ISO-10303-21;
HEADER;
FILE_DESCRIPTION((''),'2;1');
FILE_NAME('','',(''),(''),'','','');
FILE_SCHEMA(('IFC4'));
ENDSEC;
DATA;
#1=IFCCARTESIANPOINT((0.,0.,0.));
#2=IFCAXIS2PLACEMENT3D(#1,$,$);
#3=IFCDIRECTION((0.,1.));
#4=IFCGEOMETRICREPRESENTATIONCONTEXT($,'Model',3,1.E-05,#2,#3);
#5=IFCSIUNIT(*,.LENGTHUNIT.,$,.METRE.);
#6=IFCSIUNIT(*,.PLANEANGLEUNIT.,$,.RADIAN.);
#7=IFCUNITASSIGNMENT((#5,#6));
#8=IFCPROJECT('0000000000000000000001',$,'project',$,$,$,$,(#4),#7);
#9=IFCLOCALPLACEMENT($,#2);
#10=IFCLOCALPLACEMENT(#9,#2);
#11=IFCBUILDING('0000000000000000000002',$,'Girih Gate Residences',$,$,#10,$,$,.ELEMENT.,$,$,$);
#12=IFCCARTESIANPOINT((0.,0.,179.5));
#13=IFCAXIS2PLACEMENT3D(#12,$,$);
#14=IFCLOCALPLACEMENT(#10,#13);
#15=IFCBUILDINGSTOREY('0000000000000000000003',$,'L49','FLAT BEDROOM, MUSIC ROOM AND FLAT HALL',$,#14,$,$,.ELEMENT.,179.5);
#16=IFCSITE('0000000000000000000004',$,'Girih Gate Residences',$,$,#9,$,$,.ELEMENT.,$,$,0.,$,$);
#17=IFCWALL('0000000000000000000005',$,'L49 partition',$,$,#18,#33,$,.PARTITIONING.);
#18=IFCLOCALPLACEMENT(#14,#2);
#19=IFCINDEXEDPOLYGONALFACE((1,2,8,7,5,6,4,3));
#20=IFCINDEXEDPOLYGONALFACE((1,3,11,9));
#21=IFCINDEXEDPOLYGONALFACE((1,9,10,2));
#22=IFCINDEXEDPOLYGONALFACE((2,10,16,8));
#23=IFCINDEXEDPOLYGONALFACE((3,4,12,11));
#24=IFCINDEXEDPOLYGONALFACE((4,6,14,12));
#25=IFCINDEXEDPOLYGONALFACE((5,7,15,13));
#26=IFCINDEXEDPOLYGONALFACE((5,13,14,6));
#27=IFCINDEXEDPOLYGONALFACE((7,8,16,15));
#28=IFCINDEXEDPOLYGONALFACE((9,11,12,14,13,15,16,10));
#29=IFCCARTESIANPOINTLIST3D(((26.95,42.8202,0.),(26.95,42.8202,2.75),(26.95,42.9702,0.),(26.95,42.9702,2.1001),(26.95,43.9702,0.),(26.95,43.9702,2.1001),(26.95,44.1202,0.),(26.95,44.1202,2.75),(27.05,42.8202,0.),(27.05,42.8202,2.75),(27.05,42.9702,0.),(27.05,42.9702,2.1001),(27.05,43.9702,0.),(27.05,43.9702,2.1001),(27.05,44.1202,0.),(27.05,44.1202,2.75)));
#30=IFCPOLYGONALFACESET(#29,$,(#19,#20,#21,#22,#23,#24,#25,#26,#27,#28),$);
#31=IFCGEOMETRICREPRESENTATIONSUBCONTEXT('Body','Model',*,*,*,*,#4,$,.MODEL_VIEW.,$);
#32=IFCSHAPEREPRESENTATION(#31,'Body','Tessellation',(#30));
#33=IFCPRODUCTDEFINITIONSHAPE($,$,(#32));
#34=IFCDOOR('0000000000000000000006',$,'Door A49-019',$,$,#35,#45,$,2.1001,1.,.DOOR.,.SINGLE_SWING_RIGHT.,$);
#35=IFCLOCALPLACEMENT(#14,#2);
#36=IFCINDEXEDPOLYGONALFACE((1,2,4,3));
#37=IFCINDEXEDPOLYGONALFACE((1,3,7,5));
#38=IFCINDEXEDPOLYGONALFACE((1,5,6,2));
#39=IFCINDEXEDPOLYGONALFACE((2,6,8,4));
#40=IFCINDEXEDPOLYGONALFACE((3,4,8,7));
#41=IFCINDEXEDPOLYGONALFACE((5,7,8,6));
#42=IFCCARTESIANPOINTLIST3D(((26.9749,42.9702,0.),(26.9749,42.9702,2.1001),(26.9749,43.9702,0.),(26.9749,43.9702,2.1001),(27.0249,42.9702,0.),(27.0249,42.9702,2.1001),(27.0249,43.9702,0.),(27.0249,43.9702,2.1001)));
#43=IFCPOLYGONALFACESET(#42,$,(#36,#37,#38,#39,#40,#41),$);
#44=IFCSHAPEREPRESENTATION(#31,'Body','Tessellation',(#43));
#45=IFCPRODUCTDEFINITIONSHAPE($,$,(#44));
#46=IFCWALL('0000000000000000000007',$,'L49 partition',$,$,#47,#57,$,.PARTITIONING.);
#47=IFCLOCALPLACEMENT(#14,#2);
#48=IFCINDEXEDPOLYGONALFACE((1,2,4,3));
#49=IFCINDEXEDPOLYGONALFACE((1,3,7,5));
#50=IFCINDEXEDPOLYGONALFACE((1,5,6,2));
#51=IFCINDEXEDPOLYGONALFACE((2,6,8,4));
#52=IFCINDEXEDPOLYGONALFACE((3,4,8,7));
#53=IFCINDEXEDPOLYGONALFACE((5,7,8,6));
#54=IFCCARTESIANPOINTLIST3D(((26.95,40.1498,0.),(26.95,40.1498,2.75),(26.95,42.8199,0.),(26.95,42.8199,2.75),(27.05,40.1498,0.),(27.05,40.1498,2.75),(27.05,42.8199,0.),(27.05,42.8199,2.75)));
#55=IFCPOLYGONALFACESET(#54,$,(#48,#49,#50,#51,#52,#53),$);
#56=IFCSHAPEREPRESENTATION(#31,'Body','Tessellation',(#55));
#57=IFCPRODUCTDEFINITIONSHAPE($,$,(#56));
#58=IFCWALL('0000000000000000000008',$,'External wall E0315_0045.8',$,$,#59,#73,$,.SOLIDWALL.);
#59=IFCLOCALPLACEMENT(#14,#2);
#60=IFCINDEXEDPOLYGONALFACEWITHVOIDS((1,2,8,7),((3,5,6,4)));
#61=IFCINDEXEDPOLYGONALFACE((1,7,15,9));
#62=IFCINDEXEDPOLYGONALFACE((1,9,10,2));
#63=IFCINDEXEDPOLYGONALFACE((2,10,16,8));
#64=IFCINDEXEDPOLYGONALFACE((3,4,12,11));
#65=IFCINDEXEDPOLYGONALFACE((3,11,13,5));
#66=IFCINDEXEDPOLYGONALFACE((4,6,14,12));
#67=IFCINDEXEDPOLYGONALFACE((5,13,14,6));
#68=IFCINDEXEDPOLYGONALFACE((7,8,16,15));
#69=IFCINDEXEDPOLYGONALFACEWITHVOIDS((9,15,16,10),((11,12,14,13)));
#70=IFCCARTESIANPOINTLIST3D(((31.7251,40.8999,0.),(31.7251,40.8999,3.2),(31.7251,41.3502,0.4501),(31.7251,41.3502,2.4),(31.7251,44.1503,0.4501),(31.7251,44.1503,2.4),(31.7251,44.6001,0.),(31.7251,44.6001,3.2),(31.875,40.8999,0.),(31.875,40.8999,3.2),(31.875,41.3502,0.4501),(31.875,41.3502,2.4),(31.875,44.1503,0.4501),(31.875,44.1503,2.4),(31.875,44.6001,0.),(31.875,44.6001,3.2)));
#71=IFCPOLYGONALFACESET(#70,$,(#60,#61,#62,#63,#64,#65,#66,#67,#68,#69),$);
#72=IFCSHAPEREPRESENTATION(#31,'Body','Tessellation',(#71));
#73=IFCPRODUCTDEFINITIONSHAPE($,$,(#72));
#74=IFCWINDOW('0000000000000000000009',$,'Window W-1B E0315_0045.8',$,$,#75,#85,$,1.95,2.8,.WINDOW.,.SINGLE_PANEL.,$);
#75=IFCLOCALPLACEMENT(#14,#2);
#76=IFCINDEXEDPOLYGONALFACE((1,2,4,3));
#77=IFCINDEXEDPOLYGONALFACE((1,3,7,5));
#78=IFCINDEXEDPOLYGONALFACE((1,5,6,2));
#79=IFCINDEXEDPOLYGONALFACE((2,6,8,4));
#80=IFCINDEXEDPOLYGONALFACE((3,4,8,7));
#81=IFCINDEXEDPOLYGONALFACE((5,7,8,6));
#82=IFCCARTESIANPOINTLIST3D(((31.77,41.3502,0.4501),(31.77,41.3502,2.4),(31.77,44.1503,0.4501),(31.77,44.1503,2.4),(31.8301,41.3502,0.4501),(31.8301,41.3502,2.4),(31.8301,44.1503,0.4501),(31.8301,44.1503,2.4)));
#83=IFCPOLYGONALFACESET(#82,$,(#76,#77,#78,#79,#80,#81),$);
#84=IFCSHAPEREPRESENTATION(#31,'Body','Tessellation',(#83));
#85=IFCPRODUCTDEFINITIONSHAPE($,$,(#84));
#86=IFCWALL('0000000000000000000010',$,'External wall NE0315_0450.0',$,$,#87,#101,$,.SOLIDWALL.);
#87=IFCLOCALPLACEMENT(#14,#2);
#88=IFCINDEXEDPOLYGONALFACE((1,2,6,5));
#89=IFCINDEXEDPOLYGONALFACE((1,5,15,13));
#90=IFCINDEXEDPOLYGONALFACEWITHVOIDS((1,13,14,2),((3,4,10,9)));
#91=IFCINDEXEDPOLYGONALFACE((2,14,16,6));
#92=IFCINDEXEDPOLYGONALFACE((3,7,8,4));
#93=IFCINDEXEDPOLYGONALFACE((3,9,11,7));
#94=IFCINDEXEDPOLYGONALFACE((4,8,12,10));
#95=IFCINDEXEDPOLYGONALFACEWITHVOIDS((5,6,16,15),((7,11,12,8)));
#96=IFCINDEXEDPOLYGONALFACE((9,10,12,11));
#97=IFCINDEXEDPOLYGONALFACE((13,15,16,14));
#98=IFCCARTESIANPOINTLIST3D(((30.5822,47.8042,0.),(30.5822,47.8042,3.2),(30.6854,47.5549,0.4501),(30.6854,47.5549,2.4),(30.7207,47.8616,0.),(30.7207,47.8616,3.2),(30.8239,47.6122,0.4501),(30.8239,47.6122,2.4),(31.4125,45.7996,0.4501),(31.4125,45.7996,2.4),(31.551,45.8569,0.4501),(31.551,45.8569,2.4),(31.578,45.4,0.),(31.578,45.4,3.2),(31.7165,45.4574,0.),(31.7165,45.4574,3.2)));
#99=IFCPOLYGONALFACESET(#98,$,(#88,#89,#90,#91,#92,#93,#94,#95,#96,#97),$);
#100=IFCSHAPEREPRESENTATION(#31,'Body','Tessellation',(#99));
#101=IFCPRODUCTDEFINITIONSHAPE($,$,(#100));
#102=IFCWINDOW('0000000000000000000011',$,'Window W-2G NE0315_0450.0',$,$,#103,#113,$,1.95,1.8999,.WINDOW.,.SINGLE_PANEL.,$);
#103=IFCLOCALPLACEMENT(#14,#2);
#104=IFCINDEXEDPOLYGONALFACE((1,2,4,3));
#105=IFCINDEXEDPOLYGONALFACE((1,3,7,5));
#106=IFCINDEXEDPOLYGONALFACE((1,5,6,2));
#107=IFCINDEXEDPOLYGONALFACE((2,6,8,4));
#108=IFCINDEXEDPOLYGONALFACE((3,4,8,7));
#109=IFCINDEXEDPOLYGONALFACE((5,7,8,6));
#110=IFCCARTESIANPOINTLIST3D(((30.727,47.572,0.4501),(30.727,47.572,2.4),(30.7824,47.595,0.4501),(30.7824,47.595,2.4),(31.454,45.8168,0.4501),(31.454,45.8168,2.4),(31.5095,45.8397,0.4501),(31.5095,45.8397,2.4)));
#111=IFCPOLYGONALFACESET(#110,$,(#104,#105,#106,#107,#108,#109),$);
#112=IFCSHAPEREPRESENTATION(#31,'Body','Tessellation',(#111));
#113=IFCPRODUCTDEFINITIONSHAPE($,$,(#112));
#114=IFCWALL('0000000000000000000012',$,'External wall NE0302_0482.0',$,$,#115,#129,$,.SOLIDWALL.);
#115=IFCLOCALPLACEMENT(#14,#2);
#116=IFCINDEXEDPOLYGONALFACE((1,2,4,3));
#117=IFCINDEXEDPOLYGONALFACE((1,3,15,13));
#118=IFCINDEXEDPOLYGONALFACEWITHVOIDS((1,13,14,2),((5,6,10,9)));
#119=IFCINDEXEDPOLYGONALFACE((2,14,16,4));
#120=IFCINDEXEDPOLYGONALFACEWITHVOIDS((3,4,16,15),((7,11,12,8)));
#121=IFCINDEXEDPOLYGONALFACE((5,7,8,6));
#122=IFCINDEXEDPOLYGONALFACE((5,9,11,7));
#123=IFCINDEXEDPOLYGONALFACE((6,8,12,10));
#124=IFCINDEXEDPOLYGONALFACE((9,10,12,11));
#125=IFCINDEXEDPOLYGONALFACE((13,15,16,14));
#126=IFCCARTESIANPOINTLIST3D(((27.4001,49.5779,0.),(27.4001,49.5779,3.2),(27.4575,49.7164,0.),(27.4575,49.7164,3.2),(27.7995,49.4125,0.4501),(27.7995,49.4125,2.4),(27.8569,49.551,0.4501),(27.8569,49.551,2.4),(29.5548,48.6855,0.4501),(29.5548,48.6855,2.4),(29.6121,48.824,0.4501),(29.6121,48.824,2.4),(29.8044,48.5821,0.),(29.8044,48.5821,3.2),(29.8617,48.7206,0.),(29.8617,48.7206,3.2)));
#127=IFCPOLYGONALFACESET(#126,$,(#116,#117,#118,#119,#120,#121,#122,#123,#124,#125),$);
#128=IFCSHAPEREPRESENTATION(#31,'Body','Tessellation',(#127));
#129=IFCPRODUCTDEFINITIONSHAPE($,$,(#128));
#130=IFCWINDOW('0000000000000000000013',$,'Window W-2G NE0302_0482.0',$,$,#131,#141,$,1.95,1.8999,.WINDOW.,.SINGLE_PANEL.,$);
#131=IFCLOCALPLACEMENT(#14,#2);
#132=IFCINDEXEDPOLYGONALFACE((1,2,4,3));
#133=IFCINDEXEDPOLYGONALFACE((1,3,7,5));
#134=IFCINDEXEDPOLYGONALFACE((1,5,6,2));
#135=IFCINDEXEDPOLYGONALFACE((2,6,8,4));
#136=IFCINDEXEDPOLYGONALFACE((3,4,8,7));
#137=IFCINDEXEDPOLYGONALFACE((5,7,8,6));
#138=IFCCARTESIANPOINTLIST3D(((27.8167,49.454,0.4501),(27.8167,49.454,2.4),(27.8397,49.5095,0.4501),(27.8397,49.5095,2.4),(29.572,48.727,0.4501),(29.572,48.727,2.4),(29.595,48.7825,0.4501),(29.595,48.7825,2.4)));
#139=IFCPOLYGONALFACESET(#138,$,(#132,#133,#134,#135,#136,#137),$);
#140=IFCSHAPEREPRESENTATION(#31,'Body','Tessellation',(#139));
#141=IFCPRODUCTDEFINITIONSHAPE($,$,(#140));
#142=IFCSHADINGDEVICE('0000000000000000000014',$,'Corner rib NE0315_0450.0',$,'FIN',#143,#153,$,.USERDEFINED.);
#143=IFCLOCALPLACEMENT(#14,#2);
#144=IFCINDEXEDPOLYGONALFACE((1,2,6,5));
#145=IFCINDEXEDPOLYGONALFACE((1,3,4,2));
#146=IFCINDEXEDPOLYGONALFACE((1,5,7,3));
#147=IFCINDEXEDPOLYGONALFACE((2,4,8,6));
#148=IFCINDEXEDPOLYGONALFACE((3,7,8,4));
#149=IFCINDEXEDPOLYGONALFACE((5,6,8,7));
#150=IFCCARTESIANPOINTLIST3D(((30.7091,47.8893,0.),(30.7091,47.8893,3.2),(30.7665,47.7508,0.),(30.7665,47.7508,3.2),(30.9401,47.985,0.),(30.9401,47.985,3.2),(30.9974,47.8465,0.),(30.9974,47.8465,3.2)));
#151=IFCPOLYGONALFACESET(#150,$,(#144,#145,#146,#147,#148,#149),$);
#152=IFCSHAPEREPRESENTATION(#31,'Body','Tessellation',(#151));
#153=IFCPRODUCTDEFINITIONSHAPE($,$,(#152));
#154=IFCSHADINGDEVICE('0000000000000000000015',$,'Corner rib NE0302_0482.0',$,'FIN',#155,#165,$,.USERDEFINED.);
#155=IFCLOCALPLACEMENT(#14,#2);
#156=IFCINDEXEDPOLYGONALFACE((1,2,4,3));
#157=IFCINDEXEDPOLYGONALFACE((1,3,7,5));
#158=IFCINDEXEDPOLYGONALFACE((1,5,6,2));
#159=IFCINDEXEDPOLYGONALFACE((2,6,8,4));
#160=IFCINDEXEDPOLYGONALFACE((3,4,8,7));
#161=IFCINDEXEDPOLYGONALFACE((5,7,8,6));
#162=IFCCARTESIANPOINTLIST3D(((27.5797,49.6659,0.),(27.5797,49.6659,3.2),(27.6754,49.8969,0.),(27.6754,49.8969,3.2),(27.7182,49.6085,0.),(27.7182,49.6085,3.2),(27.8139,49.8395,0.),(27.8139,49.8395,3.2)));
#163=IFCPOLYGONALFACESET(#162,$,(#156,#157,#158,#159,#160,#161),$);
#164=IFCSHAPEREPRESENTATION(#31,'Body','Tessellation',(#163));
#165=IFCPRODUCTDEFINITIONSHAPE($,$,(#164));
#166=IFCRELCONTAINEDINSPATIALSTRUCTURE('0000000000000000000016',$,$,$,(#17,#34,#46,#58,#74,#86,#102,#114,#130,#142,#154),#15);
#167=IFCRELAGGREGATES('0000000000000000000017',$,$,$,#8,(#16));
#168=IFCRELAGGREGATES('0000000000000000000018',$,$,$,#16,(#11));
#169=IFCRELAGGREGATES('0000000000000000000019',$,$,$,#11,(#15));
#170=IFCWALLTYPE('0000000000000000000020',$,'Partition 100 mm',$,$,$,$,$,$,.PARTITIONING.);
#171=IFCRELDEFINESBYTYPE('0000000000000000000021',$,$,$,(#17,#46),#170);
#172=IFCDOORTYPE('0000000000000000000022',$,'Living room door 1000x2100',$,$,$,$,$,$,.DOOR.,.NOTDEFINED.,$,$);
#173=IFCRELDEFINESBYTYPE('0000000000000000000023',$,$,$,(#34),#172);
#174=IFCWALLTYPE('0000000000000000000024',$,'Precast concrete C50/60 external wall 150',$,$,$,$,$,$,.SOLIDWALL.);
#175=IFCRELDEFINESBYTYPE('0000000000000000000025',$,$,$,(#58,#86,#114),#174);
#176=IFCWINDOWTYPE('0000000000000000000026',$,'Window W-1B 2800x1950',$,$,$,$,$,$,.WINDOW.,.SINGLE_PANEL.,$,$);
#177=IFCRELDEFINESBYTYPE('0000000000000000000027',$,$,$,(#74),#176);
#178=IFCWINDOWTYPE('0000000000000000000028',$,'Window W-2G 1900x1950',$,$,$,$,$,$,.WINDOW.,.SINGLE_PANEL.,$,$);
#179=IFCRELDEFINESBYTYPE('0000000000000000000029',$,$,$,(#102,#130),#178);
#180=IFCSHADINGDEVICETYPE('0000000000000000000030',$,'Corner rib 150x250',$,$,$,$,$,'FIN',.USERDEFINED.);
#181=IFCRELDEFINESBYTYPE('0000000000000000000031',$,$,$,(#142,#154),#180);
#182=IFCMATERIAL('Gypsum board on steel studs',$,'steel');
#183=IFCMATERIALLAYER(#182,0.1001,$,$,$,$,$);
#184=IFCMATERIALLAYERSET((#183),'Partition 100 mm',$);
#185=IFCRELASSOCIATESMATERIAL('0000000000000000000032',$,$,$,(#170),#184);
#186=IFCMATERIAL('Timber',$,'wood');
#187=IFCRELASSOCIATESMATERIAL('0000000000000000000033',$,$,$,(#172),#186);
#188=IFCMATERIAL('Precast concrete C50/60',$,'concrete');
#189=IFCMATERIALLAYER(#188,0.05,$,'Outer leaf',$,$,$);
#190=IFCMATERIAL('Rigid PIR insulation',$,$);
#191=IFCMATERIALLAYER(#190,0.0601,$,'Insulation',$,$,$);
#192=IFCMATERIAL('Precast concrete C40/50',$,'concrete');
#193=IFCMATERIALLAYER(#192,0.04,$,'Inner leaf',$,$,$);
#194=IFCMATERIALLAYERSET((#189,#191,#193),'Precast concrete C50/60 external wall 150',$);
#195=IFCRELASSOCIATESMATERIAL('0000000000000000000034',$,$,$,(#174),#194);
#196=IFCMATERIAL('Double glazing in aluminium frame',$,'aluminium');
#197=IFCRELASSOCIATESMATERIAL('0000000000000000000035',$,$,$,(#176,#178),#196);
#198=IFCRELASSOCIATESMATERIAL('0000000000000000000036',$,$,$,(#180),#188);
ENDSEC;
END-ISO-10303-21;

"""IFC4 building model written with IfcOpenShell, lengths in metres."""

from ifc_helpers import new_model, si_unit, direction, frame, frame_2d, origin, origin_2d, place, context, subcontext, project, spatial, rectangle, extrude, material, layer, layer_set, type_object, element, fill, save


model = new_model("IFC4")

# Units and contexts
model_context = context("Model", 3, precision=1e-05, world=origin(), true_north=direction((0.0, 1.0)))
body_context = subcontext(model_context, "Body", "Model", "MODEL_VIEW")
ifc_project = project(units=[si_unit("LENGTHUNIT", "METRE"), si_unit("PLANEANGLEUNIT", "RADIAN")], contexts=[model_context])

# Site, building, storey
site_placement = place(None, origin())
site = spatial("IfcSite", under=ifc_project, at=site_placement, Name="Girih Gate Residences", CompositionType="ELEMENT", RefElevation=0.0)
building_placement = place(site_placement, origin())
building = spatial("IfcBuilding", under=site, at=building_placement, Name="Girih Gate Residences", CompositionType="ELEMENT")
storey_placement = place(building_placement, frame((0.0, 0.0, 179.5)))
storey = spatial("IfcBuildingStorey", under=building, at=storey_placement, Name="L49", Description="FLAT BEDROOM, MUSIC ROOM AND FLAT HALL", CompositionType="ELEMENT", Elevation=179.5)

# Shared definitions
ifc_material_1 = material(Name="Gypsum board on steel studs", Category="steel")
ifc_layer_1 = layer(ifc_material_1, 0.1001)
ifc_layer_set_1 = layer_set([ifc_layer_1], Name="Partition 100 mm")
wall_type_1 = type_object("IfcWallType", Name="Partition 100 mm", PredefinedType="PARTITIONING", material=ifc_layer_set_1)

# Wall, opening, door
ifc_material_2 = material(Name="Timber", Category="wood")
wall_1_placement = place(storey_placement, frame((27.0, 44.1201, 0.0), z_axis=(0.0, 0.0, 1.0), x_axis=(0.0, -1.0, 0.0)))
wall_1 = element("IfcWall", 1, at=wall_1_placement, inside=storey, type_object=wall_type_1, Name="L49 partition", PredefinedType="PARTITIONING", context=body_context, shape_type="SweptSolid", body=[
    extrude(rectangle(XDim=1.3, YDim=0.1001, at=frame_2d((0.6499, 0.0))), origin(), (0.0, 0.0, 1.0), 2.75),
])
opening_1_placement = place(wall_1_placement, frame((0.1499, 0.0, 0.0)))
opening_1 = element("IfcOpeningElement", 2, at=opening_1_placement, cuts=wall_1, PredefinedType="OPENING", context=body_context, shape_type="SweptSolid", body=[
    extrude(rectangle(XDim=1.0, YDim=2.1001, at=frame_2d((0.5, 1.05))), frame((0.0, 0.0601, 0.0), z_axis=(0.0, -1.0, 0.0), x_axis=(1.0, 0.0, 0.0)), (0.0, 0.0, 1.0), 0.1201),
])
door_type_1 = type_object("IfcDoorType", Name="Living room door 1000x2100", OperationType="NOTDEFINED", PredefinedType="DOOR", material=ifc_material_2)
door_1_placement = place(opening_1_placement, origin())
door_1 = element("IfcDoor", 3, at=door_1_placement, inside=storey, type_object=door_type_1, Name="Door A49-019", OperationType="SINGLE_SWING_RIGHT", OverallHeight=2.1001, OverallWidth=1.0, PredefinedType="DOOR", context=body_context, shape_type="SweptSolid", body=[
    extrude(rectangle(XDim=1.0, YDim=2.1001, at=frame_2d((0.5, 1.05))), frame((0.0, 0.0249, 0.0), z_axis=(0.0, -1.0, 0.0), x_axis=(1.0, 0.0, 0.0)), (0.0, 0.0, 1.0), 0.05),
])
fill(opening_1, door_1)

# Wall
wall_2_placement = place(storey_placement, frame((27.0, 40.1499, 0.0), z_axis=(0.0, 0.0, 1.0), x_axis=(0.0, 1.0, 0.0)))
element("IfcWall", 4, at=wall_2_placement, inside=storey, type_object=wall_type_1, Name="L49 partition", PredefinedType="PARTITIONING", context=body_context, shape_type="SweptSolid", body=[
    extrude(rectangle(XDim=2.6702, YDim=0.1001, at=frame_2d((1.335, 0.0))), origin(), (0.0, 0.0, 1.0), 2.75),
])

# Walls, openings, windows
ifc_material_3 = material(Name="Precast concrete C50/60", Category="concrete")
ifc_layer_2 = layer(ifc_material_3, 0.05, Name="Outer leaf")
ifc_material_4 = material(Name="Rigid PIR insulation")
ifc_layer_3 = layer(ifc_material_4, 0.0601, Name="Insulation")
ifc_material_5 = material(Name="Precast concrete C40/50", Category="concrete")
ifc_layer_4 = layer(ifc_material_5, 0.04, Name="Inner leaf")
ifc_layer_set_2 = layer_set([ifc_layer_2, ifc_layer_3, ifc_layer_4], Name="Precast concrete C50/60 external wall 150")
wall_type_2 = type_object("IfcWallType", Name="Precast concrete C50/60 external wall 150", PredefinedType="SOLIDWALL", material=ifc_layer_set_2)
wall_3_placement = place(storey_placement, frame((31.8, 44.6001, 0.0), z_axis=(0.0, 0.0, 1.0), x_axis=(0.0, -1.0, 0.0)))
wall_3 = element("IfcWall", 5, at=wall_3_placement, inside=storey, type_object=wall_type_2, Name="External wall E0315_0045.8", PredefinedType="SOLIDWALL", context=body_context, shape_type="SweptSolid", body=[
    extrude(rectangle(XDim=3.7002, YDim=0.1499, at=frame_2d((1.8501, 0.0))), origin(), (0.0, 0.0, 1.0), 3.2),
])
opening_2_placement = place(wall_3_placement, frame((0.45, 0.0, 0.45)))
opening_2 = element("IfcOpeningElement", 6, at=opening_2_placement, cuts=wall_3, PredefinedType="OPENING", context=body_context, shape_type="SweptSolid", body=[
    extrude(rectangle(XDim=2.8, YDim=1.95, at=frame_2d((1.3999, 0.9751))), frame((0.0, 0.085, 0.0), z_axis=(0.0, -1.0, 0.0), x_axis=(1.0, 0.0, 0.0)), (0.0, 0.0, 1.0), 0.1699),
])
ifc_material_6 = material(Name="Double glazing in aluminium frame", Category="aluminium")
window_type_1 = type_object("IfcWindowType", Name="Window W-1B 2800x1950", PartitioningType="SINGLE_PANEL", PredefinedType="WINDOW", material=ifc_material_6)
window_1_placement = place(opening_2_placement, origin())
window_1 = element("IfcWindow", 7, at=window_1_placement, inside=storey, type_object=window_type_1, Name="Window W-1B E0315_0045.8", OverallHeight=1.95, OverallWidth=2.8, PartitioningType="SINGLE_PANEL", PredefinedType="WINDOW", context=body_context, shape_type="SweptSolid", body=[
    extrude(rectangle(XDim=2.8, YDim=1.95, at=frame_2d((1.3999, 0.9751))), frame((0.0, 0.03, 0.0), z_axis=(0.0, -1.0, 0.0), x_axis=(1.0, 0.0, 0.0)), (0.0, 0.0, 1.0), 0.0601),
])
fill(opening_2, window_1)
wall_4_placement = place(storey_placement, frame((30.6514, 47.833, 0.0), z_axis=(0.0, 0.0, 1.0), x_axis=(0.382669, -0.923885, 0.0)))
wall_4 = element("IfcWall", 8, at=wall_4_placement, inside=storey, type_object=wall_type_2, Name="External wall NE0315_0450.0", PredefinedType="SOLIDWALL", context=body_context, shape_type="SweptSolid", body=[
    extrude(rectangle(XDim=2.6023, YDim=0.1499, at=frame_2d((1.3013, 0.0))), origin(), (0.0, 0.0, 1.0), 3.2),
])
opening_3_placement = place(wall_4_placement, frame((0.27, 0.0, 0.45)))
opening_3 = element("IfcOpeningElement", 9, at=opening_3_placement, cuts=wall_4, PredefinedType="OPENING", context=body_context, shape_type="SweptSolid", body=[
    extrude(rectangle(XDim=1.8999, YDim=1.95, at=frame_2d((0.95, 0.9751))), frame((0.0, 0.085, 0.0), z_axis=(0.0, -1.0, 0.0), x_axis=(1.0, 0.0, 0.0)), (0.0, 0.0, 1.0), 0.1699),
])
window_type_2 = type_object("IfcWindowType", Name="Window W-2G 1900x1950", PartitioningType="SINGLE_PANEL", PredefinedType="WINDOW", material=ifc_material_6)
window_2_placement = place(opening_3_placement, origin())
window_2 = element("IfcWindow", 10, at=window_2_placement, inside=storey, type_object=window_type_2, Name="Window W-2G NE0315_0450.0", OverallHeight=1.95, OverallWidth=1.8999, PartitioningType="SINGLE_PANEL", PredefinedType="WINDOW", context=body_context, shape_type="SweptSolid", body=[
    extrude(rectangle(XDim=1.8999, YDim=1.95, at=frame_2d((0.95, 0.9751))), frame((0.0, 0.03, 0.0), z_axis=(0.0, -1.0, 0.0), x_axis=(1.0, 0.0, 0.0)), (0.0, 0.0, 1.0), 0.0601),
])
fill(opening_3, window_2)
wall_5_placement = place(storey_placement, frame((27.4287, 49.6472, 0.0), z_axis=(0.0, 0.0, 1.0), x_axis=(0.923885, -0.382669, 0.0)))
wall_5 = element("IfcWall", 11, at=wall_5_placement, inside=storey, type_object=wall_type_2, Name="External wall NE0302_0482.0", PredefinedType="SOLIDWALL", context=body_context, shape_type="SweptSolid", body=[
    extrude(rectangle(XDim=2.6023, YDim=0.1499, at=frame_2d((1.3013, 0.0))), origin(), (0.0, 0.0, 1.0), 3.2),
])
opening_4_placement = place(wall_5_placement, frame((0.4324, 0.0, 0.45)))
opening_4 = element("IfcOpeningElement", 12, at=opening_4_placement, cuts=wall_5, PredefinedType="OPENING", context=body_context, shape_type="SweptSolid", body=[
    extrude(rectangle(XDim=1.8999, YDim=1.95, at=frame_2d((0.95, 0.9751))), frame((0.0, 0.085, 0.0), z_axis=(0.0, -1.0, 0.0), x_axis=(1.0, 0.0, 0.0)), (0.0, 0.0, 1.0), 0.1699),
])
window_3_placement = place(opening_4_placement, origin())
window_3 = element("IfcWindow", 13, at=window_3_placement, inside=storey, type_object=window_type_2, Name="Window W-2G NE0302_0482.0", OverallHeight=1.95, OverallWidth=1.8999, PartitioningType="SINGLE_PANEL", PredefinedType="WINDOW", context=body_context, shape_type="SweptSolid", body=[
    extrude(rectangle(XDim=1.8999, YDim=1.95, at=frame_2d((0.95, 0.9751))), frame((0.0, 0.03, 0.0), z_axis=(0.0, -1.0, 0.0), x_axis=(1.0, 0.0, 0.0)), (0.0, 0.0, 1.0), 0.0601),
])
fill(opening_4, window_3)

# Shading devices
shading_device_type = type_object("IfcShadingDeviceType", Name="Corner rib 150x250", ElementType="FIN", PredefinedType="USERDEFINED", material=ifc_material_3)
for number, where, z_axis, x_axis, name in (
    (14, (30.8533, 47.8679, 0.0), (0.0, 0.0, 1.0), (-0.382683, 0.92388, 0.0), "Corner rib NE0315_0450.0"),
    (15, (27.6968, 49.7527, 0.0), (0.0, 0.0, 1.0), (-0.92388, 0.382683, 0.0), "Corner rib NE0302_0482.0"),
):
    element("IfcShadingDevice", number, at=place(storey_placement, frame(where, z_axis=z_axis, x_axis=x_axis)), inside=storey, type_object=shading_device_type, Name=name, ObjectType="FIN", PredefinedType="USERDEFINED", context=body_context, shape_type="SweptSolid", body=[
        extrude(rectangle(XDim=0.1499, YDim=0.25, at=origin_2d()), origin(), (0.0, 0.0, 1.0), 3.2),
    ])

save(model, "model.ifc")
